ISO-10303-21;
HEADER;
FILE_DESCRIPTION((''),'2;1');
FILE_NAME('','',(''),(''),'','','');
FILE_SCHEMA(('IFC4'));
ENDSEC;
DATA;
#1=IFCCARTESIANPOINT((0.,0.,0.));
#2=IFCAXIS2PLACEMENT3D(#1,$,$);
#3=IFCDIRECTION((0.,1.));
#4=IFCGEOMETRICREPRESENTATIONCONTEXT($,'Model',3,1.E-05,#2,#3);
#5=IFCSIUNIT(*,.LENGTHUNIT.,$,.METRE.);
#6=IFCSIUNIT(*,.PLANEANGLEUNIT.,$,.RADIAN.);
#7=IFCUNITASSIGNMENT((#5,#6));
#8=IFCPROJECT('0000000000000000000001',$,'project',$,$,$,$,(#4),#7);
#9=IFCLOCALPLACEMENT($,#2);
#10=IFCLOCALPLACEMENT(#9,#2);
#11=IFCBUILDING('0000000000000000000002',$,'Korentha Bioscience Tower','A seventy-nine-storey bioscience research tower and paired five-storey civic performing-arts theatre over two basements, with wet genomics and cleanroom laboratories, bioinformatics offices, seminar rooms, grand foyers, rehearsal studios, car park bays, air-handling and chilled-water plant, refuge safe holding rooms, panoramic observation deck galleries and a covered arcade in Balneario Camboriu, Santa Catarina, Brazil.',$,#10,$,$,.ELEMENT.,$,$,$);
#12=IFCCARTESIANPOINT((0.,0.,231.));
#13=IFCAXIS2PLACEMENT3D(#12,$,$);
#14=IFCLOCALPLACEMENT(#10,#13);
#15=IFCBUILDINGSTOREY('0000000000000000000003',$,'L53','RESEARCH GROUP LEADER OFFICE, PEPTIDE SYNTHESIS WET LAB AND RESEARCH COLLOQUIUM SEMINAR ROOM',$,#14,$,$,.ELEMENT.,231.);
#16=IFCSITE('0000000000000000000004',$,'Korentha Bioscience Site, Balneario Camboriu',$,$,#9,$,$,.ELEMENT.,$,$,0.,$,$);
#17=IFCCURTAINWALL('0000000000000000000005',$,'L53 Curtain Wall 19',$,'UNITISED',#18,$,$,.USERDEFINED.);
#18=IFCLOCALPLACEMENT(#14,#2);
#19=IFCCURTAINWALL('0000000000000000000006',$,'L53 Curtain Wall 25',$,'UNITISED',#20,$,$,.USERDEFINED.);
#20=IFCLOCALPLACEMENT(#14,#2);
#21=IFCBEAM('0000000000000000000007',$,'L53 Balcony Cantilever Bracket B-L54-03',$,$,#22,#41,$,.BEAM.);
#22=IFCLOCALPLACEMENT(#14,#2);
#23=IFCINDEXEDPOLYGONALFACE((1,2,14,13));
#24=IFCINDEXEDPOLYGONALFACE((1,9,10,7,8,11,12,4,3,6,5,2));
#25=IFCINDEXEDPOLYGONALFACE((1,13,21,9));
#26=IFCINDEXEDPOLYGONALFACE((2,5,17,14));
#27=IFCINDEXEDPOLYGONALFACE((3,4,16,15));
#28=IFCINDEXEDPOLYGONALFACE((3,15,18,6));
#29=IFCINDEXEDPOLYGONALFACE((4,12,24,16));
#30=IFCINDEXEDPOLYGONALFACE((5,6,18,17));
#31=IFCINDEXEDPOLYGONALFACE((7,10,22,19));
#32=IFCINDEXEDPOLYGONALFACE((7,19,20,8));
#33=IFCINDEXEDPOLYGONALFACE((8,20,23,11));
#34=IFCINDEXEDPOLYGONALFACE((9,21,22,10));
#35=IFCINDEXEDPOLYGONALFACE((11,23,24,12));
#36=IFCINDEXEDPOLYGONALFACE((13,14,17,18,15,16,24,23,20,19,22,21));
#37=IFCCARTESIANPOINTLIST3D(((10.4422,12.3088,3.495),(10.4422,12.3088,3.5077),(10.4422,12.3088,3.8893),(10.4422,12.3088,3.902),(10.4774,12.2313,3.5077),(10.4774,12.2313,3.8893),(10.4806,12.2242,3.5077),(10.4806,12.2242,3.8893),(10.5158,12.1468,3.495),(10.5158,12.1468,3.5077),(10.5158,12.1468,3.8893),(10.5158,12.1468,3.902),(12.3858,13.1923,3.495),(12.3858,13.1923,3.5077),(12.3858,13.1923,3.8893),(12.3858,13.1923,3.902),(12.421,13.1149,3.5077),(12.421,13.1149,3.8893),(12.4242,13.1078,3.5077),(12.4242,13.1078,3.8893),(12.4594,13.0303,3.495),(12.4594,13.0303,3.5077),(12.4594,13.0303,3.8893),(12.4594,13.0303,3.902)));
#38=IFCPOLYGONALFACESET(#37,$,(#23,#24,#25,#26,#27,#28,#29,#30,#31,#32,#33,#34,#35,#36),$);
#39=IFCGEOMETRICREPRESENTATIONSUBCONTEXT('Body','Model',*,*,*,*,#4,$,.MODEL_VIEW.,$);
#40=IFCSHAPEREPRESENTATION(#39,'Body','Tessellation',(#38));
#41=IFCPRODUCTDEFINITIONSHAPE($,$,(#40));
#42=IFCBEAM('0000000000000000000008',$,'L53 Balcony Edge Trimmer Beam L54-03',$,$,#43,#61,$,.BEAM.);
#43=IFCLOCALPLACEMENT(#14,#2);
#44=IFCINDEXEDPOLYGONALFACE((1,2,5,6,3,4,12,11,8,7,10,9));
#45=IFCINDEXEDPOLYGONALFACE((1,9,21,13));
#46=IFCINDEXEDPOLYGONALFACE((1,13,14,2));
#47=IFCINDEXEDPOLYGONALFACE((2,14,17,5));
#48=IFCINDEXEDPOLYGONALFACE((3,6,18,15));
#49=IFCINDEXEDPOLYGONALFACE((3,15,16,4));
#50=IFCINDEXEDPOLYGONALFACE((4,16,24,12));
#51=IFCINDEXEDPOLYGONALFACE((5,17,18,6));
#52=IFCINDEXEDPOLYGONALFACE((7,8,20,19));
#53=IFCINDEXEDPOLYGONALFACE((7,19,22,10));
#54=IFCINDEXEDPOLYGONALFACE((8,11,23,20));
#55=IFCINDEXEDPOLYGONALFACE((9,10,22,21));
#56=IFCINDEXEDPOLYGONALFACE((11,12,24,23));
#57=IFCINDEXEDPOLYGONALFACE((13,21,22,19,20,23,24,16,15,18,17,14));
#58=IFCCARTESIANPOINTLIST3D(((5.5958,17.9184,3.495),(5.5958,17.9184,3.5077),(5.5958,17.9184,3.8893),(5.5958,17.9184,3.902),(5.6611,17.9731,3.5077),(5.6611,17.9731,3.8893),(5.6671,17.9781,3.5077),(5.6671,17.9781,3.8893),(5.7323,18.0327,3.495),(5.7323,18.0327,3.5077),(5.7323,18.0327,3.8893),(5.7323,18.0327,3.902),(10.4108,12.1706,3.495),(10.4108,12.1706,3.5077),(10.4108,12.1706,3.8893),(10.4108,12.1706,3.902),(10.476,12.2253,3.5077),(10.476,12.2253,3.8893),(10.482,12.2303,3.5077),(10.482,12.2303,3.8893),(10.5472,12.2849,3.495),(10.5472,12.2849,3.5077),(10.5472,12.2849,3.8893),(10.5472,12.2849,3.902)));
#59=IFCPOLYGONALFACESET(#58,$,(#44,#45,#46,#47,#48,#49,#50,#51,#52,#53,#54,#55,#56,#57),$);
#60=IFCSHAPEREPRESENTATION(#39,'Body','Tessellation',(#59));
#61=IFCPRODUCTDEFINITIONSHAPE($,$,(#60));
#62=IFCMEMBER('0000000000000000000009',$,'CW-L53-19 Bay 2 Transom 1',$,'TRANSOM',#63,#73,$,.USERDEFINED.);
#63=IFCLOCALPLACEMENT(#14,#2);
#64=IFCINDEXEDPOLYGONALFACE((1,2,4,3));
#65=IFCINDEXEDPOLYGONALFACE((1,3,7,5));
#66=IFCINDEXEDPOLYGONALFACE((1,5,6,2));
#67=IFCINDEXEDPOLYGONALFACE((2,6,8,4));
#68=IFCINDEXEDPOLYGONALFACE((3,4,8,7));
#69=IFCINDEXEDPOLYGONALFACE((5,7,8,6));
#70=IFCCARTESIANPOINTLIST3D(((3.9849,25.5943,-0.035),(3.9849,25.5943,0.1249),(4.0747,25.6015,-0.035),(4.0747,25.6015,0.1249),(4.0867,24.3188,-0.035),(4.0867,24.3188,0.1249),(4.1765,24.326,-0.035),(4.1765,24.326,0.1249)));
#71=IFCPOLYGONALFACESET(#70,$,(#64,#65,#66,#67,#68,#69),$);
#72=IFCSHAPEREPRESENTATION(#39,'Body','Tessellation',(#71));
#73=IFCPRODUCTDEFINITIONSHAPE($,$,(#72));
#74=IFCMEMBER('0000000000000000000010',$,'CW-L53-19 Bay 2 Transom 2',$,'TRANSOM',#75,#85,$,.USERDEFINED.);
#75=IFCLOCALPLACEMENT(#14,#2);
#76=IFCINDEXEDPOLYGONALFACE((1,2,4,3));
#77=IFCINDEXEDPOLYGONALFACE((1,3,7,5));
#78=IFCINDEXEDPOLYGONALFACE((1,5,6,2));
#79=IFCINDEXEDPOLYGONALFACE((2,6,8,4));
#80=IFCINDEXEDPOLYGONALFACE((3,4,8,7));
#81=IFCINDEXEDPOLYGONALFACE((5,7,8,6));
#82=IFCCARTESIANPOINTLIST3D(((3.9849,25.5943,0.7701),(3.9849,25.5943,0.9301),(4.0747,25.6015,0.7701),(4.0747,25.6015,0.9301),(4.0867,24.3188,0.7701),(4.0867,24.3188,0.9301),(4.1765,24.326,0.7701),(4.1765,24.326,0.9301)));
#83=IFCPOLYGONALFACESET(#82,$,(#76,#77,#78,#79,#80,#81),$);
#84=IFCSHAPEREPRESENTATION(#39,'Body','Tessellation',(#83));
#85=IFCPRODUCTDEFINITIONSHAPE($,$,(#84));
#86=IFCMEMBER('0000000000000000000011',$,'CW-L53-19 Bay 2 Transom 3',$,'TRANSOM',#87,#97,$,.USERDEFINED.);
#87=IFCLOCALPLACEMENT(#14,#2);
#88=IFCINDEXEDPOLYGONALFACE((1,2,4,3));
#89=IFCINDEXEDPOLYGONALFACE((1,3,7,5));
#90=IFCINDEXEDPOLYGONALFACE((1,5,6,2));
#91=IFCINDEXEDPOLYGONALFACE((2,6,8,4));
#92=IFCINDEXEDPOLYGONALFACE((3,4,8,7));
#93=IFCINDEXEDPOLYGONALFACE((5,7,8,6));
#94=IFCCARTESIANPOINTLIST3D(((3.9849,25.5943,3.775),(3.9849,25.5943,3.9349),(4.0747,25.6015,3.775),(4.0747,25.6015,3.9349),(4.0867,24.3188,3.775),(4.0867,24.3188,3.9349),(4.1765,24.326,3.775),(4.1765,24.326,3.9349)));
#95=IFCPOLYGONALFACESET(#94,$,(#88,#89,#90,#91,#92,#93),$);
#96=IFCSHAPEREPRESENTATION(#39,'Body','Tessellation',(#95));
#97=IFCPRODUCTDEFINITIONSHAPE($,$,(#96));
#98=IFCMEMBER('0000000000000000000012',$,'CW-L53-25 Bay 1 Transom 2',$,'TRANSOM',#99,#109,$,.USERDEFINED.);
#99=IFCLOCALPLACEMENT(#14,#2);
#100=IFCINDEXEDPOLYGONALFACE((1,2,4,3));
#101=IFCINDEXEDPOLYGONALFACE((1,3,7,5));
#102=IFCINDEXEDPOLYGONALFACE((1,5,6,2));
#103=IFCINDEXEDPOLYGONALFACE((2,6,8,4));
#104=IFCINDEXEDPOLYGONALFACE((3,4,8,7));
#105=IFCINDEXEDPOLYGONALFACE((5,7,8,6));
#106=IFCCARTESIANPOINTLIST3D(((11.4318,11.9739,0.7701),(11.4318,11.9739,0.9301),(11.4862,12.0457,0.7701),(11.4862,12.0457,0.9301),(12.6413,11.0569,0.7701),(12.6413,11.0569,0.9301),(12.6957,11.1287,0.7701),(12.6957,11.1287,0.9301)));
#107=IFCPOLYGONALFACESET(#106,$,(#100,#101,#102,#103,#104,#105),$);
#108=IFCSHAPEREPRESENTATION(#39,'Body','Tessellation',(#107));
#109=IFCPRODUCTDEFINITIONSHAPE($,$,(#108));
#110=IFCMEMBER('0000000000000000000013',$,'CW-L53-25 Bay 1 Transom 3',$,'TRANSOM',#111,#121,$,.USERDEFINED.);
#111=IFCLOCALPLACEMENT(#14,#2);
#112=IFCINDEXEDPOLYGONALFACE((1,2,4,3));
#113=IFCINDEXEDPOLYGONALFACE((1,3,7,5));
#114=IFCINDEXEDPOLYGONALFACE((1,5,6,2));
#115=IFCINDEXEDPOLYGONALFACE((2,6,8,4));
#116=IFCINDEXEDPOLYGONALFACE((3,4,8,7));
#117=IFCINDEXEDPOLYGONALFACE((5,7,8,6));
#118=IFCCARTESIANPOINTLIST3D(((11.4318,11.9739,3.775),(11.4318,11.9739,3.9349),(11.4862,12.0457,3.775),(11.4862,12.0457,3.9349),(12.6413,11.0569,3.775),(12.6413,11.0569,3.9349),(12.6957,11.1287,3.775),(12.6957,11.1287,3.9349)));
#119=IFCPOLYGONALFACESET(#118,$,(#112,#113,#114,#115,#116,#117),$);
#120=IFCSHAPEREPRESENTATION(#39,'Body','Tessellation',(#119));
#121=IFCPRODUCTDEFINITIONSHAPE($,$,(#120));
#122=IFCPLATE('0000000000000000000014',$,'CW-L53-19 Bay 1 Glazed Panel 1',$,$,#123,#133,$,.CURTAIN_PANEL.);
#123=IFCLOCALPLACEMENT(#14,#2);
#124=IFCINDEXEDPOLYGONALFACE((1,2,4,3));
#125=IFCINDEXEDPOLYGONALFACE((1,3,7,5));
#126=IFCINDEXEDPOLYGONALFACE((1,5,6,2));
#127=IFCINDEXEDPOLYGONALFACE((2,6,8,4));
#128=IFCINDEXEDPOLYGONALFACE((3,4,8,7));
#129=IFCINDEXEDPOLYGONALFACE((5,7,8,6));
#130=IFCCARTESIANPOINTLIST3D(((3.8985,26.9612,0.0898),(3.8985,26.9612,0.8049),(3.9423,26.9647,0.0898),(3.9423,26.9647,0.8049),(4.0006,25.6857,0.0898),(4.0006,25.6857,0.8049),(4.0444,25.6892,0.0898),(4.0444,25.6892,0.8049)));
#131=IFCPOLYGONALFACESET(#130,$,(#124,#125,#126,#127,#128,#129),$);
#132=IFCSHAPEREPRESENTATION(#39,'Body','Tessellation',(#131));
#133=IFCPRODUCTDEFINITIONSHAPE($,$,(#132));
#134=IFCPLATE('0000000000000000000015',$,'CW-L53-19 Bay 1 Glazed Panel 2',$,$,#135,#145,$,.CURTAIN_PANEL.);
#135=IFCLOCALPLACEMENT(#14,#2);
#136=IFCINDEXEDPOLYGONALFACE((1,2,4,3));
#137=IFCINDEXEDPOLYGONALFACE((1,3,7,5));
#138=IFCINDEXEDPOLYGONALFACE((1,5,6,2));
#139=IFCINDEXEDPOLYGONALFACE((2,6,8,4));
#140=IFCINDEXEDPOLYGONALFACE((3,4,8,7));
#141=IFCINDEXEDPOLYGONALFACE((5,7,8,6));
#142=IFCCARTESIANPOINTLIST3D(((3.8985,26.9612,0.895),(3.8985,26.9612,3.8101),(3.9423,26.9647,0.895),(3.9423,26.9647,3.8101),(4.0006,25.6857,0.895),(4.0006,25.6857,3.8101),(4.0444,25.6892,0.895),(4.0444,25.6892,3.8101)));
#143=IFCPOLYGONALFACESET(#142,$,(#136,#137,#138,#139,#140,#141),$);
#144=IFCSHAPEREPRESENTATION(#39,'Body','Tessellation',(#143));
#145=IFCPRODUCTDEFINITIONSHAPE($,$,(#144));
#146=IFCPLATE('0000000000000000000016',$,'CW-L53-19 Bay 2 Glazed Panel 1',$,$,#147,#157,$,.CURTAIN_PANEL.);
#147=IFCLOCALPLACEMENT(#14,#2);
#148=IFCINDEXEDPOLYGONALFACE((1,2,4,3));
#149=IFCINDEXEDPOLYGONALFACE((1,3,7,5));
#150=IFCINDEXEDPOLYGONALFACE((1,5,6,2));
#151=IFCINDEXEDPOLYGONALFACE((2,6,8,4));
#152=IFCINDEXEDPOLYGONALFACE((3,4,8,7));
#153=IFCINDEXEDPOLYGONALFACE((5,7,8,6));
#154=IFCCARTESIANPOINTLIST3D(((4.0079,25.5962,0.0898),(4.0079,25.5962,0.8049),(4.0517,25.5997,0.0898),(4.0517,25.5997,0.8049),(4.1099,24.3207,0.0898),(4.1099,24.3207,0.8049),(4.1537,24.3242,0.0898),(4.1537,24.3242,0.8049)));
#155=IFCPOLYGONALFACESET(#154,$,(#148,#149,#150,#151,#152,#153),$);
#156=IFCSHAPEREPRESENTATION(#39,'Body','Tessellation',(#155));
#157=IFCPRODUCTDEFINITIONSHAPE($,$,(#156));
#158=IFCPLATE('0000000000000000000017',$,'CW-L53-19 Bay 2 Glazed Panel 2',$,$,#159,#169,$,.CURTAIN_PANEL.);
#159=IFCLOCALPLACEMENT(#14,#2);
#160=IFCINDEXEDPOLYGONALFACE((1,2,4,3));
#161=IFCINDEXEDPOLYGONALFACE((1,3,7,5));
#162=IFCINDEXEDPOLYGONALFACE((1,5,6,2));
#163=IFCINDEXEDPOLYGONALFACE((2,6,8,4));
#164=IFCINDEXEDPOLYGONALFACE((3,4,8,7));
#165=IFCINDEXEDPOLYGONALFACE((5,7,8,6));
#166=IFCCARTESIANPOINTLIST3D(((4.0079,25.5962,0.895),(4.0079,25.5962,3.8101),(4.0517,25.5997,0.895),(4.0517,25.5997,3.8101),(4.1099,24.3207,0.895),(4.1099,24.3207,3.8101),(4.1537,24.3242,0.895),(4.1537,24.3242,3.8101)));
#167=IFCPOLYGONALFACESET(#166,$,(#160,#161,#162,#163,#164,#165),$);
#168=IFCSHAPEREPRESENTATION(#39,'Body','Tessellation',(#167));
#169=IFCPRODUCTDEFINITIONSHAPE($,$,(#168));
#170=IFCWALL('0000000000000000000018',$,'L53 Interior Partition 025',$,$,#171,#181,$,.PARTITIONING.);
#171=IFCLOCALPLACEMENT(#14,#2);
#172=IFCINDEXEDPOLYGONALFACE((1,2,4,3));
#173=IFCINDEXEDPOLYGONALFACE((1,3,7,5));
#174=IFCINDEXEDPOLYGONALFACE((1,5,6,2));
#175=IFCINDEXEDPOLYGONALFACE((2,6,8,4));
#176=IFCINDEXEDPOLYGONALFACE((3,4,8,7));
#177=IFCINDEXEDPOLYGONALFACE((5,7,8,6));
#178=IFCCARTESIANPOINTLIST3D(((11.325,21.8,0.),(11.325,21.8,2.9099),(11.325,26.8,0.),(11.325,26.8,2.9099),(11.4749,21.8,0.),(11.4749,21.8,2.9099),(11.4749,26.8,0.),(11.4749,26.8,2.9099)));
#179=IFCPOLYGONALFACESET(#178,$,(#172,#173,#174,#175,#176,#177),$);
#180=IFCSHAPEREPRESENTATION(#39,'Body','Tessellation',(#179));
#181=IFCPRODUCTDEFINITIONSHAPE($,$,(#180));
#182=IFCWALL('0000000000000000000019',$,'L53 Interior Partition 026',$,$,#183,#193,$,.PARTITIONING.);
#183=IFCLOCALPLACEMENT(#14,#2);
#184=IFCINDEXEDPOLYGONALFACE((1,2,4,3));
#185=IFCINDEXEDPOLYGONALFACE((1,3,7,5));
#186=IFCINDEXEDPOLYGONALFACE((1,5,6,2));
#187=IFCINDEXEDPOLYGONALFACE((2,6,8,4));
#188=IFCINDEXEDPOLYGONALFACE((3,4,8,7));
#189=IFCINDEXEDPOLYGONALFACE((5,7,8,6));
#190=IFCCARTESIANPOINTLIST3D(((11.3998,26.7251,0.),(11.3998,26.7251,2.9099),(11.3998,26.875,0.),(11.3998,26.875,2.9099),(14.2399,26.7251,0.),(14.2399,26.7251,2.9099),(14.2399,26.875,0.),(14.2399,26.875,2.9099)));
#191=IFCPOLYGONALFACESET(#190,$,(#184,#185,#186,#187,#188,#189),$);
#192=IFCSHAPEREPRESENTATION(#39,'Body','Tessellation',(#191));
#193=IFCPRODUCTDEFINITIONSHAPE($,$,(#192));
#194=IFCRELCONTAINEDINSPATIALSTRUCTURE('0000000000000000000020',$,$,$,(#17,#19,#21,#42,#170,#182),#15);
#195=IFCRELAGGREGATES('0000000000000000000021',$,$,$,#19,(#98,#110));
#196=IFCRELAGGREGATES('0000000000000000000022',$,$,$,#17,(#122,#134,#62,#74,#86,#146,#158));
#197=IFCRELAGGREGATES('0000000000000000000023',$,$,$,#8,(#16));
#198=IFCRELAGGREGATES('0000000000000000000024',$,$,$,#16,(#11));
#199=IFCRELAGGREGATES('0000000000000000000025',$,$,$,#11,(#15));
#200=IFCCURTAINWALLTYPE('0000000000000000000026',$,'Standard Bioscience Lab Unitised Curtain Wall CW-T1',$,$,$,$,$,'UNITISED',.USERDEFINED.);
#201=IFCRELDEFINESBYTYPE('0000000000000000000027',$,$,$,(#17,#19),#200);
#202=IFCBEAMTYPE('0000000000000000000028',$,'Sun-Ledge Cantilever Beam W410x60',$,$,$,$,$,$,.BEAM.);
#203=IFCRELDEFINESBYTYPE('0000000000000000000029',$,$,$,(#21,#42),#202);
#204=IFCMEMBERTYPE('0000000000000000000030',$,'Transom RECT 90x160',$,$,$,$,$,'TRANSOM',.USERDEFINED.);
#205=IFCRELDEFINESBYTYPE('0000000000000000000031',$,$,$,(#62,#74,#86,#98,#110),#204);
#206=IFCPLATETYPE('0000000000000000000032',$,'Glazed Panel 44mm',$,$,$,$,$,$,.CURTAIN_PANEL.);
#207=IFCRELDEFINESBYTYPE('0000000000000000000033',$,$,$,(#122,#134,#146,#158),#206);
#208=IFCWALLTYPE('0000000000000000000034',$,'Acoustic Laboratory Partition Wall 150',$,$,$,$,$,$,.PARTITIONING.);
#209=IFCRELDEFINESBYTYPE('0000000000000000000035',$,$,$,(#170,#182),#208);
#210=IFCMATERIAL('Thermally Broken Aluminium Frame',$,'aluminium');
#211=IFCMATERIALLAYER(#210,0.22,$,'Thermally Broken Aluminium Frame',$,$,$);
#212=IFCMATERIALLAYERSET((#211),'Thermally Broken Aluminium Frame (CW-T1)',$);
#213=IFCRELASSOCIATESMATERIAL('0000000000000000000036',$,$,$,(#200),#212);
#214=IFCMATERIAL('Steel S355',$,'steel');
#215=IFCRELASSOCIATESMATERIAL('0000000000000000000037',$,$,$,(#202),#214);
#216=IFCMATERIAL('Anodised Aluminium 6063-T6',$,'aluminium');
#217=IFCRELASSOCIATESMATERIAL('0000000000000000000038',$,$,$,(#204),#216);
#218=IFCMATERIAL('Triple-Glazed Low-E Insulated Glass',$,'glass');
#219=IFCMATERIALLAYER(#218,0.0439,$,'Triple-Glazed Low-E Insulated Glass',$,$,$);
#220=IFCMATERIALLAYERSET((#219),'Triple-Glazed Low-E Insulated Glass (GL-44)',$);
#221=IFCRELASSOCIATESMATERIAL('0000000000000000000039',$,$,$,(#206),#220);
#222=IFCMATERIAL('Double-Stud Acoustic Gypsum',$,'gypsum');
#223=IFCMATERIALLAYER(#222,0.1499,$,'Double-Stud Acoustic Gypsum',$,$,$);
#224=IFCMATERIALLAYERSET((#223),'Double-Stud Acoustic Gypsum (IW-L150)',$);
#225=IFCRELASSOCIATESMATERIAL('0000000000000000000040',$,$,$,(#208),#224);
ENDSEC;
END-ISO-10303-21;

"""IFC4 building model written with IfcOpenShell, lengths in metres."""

from ifc_helpers import new_model, si_unit, direction, frame, frame_2d, origin, origin_2d, place, context, subcontext, project, spatial, rectangle, i_section, extrude, material, layer, layer_set, material_profile, profile_set, type_object, element, aggregate, save


model = new_model("IFC4")

# Units and contexts
model_context = context("Model", 3, precision=1e-05, world=origin(), true_north=direction((0.0, 1.0)))
body_context = subcontext(model_context, "Body", "Model", "MODEL_VIEW")
ifc_project = project(units=[si_unit("LENGTHUNIT", "METRE"), si_unit("PLANEANGLEUNIT", "RADIAN")], contexts=[model_context])

# Site, building, storey
site_placement = place(None, origin())
site = spatial("IfcSite", under=ifc_project, at=site_placement, Name="Korentha Bioscience Site, Balneario Camboriu", CompositionType="ELEMENT", RefElevation=0.0)
building_placement = place(site_placement, origin())
building = spatial("IfcBuilding", under=site, at=building_placement, Name="Korentha Bioscience Tower", Description="A seventy-nine-storey bioscience research tower and paired five-storey civic performing-arts theatre over two basements, with wet genomics and cleanroom laboratories, bioinformatics offices, seminar rooms, grand foyers, rehearsal studios, car park bays, air-handling and chilled-water plant, refuge safe holding rooms, panoramic observation deck galleries and a covered arcade in Balneario Camboriu, Santa Catarina, Brazil.", CompositionType="ELEMENT")
storey_placement = place(building_placement, frame((0.0, 0.0, 231.0)))
storey = spatial("IfcBuildingStorey", under=building, at=storey_placement, Name="L53", Description="RESEARCH GROUP LEADER OFFICE, PEPTIDE SYNTHESIS WET LAB AND RESEARCH COLLOQUIUM SEMINAR ROOM", CompositionType="ELEMENT", Elevation=231.0)

# Curtain wall
ifc_material_1 = material(Name="Thermally Broken Aluminium Frame", Category="aluminium")
ifc_layer_1 = layer(ifc_material_1, 0.22, Name="Thermally Broken Aluminium Frame")
ifc_layer_set_1 = layer_set([ifc_layer_1], Name="Thermally Broken Aluminium Frame (CW-T1)")
curtain_wall_type = type_object("IfcCurtainWallType", Name="Standard Bioscience Lab Unitised Curtain Wall CW-T1", ElementType="UNITISED", PredefinedType="USERDEFINED", material=ifc_layer_set_1)
curtain_wall_1_placement = place(storey_placement, origin())
curtain_wall_1 = element("IfcCurtainWall", 1, at=curtain_wall_1_placement, inside=storey, type_object=curtain_wall_type, Name="L53 Curtain Wall 19", ObjectType="UNITISED", PredefinedType="USERDEFINED")
ifc_material_2 = material(Name="Anodised Aluminium 6063-T6", Category="aluminium")

# Curtain wall
curtain_wall_2_placement = place(storey_placement, origin())
curtain_wall_2 = element("IfcCurtainWall", 2, at=curtain_wall_2_placement, inside=storey, type_object=curtain_wall_type, Name="L53 Curtain Wall 25", ObjectType="UNITISED", PredefinedType="USERDEFINED")

# Beams
ifc_material_3 = material(Name="Steel S355", Category="steel")
ifc_material_profile_1 = material_profile(ifc_material_3, i_section(OverallWidth=0.178, OverallDepth=0.407, WebThickness=0.0078, FlangeThickness=0.0127, at=origin_2d()), Name="Steel S355")
ifc_profile_set_1 = profile_set([ifc_material_profile_1], Name="Steel S355 (CB-410)")
beam_type_1 = type_object("IfcBeamType", Name="Sun-Ledge Cantilever Beam W410x60", PredefinedType="BEAM", material=ifc_profile_set_1)
beam_1_placement = place(storey_placement, frame((12.4226, 13.1113, 3.6985), z_axis=(-0.910351, -0.413837, 0.0), x_axis=(0.413837, -0.910351, 0.0)))
element("IfcBeam", 3, at=beam_1_placement, inside=storey, type_object=beam_type_1, Name="L53 Balcony Cantilever Bracket B-L54-03", PredefinedType="BEAM", context=body_context, shape_type="SweptSolid", body=[
    extrude(i_section(OverallWidth=0.178, OverallDepth=0.407, WebThickness=0.0078, FlangeThickness=0.0127, at=origin_2d()), origin(), (0.0, 0.0, 1.0), 2.135),
])
beam_2_placement = place(storey_placement, frame((5.6641, 17.9756, 3.6985), z_axis=(0.642158, -0.766572, 0.0), x_axis=(0.766572, 0.642158, 0.0)))
element("IfcBeam", 4, at=beam_2_placement, inside=storey, type_object=beam_type_1, Name="L53 Balcony Edge Trimmer Beam L54-03", PredefinedType="BEAM", context=body_context, shape_type="SweptSolid", body=[
    extrude(i_section(OverallWidth=0.178, OverallDepth=0.407, WebThickness=0.0078, FlangeThickness=0.0127, at=origin_2d()), origin(), (0.0, 0.0, 1.0), 7.498),
])

# Members
ifc_material_profile_2 = material_profile(ifc_material_2, rectangle(XDim=0.0901, YDim=0.1599, at=origin_2d()), Name="Anodised Aluminium 6063-T6")
ifc_profile_set_2 = profile_set([ifc_material_profile_2], Name="Anodised Aluminium 6063-T6 (CW-TRN)")
member_type_1 = type_object("IfcMemberType", Name="Transom RECT 90x160", ElementType="TRANSOM", PredefinedType="USERDEFINED", material=ifc_profile_set_2)
member_1_placement = place(storey_placement, frame((4.0298, 25.5979, 0.0449), z_axis=(0.079571, -0.996829, 0.0), x_axis=(0.996829, 0.079571, 0.0)))
member_1 = element("IfcMember", 5, at=member_1_placement, type_object=member_type_1, Name="CW-L53-19 Bay 2 Transom 1", ObjectType="TRANSOM", PredefinedType="USERDEFINED", context=body_context, shape_type="SweptSolid", body=[
    extrude(rectangle(XDim=0.0901, YDim=0.1599, at=origin_2d()), origin(), (0.0, 0.0, 1.0), 1.2795),
])
member_2_placement = place(storey_placement, frame((4.0298, 25.5979, 0.8501), z_axis=(0.079571, -0.996829, 0.0), x_axis=(0.996829, 0.079571, 0.0)))
member_2 = element("IfcMember", 6, at=member_2_placement, type_object=member_type_1, Name="CW-L53-19 Bay 2 Transom 2", ObjectType="TRANSOM", PredefinedType="USERDEFINED", context=body_context, shape_type="SweptSolid", body=[
    extrude(rectangle(XDim=0.0901, YDim=0.1599, at=origin_2d()), origin(), (0.0, 0.0, 1.0), 1.2795),
])
member_3_placement = place(storey_placement, frame((4.0298, 25.5979, 3.855), z_axis=(0.079571, -0.996829, 0.0), x_axis=(0.996829, 0.079571, 0.0)))
member_3 = element("IfcMember", 7, at=member_3_placement, type_object=member_type_1, Name="CW-L53-19 Bay 2 Transom 3", ObjectType="TRANSOM", PredefinedType="USERDEFINED", context=body_context, shape_type="SweptSolid", body=[
    extrude(rectangle(XDim=0.0901, YDim=0.1599, at=origin_2d()), origin(), (0.0, 0.0, 1.0), 1.2795),
])
member_4_placement = place(storey_placement, frame((11.459, 12.0098, 0.8501), z_axis=(0.796862, -0.604161, 0.0), x_axis=(0.604161, 0.796862, 0.0)))
member_4 = element("IfcMember", 8, at=member_4_placement, type_object=member_type_1, Name="CW-L53-25 Bay 1 Transom 2", ObjectType="TRANSOM", PredefinedType="USERDEFINED", context=body_context, shape_type="SweptSolid", body=[
    extrude(rectangle(XDim=0.0901, YDim=0.1599, at=origin_2d()), origin(), (0.0, 0.0, 1.0), 1.5178),
])
member_5_placement = place(storey_placement, frame((11.459, 12.0098, 3.855), z_axis=(0.796862, -0.604161, 0.0), x_axis=(0.604161, 0.796862, 0.0)))
member_5 = element("IfcMember", 9, at=member_5_placement, type_object=member_type_1, Name="CW-L53-25 Bay 1 Transom 3", ObjectType="TRANSOM", PredefinedType="USERDEFINED", context=body_context, shape_type="SweptSolid", body=[
    extrude(rectangle(XDim=0.0901, YDim=0.1599, at=origin_2d()), origin(), (0.0, 0.0, 1.0), 1.5178),
])
aggregate(curtain_wall_2, [member_4, member_5])

# Plates
ifc_material_4 = material(Name="Triple-Glazed Low-E Insulated Glass", Category="glass")
ifc_layer_2 = layer(ifc_material_4, 0.0439, Name="Triple-Glazed Low-E Insulated Glass")
ifc_layer_set_2 = layer_set([ifc_layer_2], Name="Triple-Glazed Low-E Insulated Glass (GL-44)")
plate_type = type_object("IfcPlateType", Name="Glazed Panel 44mm", PredefinedType="CURTAIN_PANEL", material=ifc_layer_set_2)
plate_1_placement = place(storey_placement, frame((3.9714, 26.3252, 0.0898), z_axis=(0.0, 0.0, 1.0), x_axis=(0.079748, -0.996815, 0.0)))
plate_1 = element("IfcPlate", 10, at=plate_1_placement, type_object=plate_type, Name="CW-L53-19 Bay 1 Glazed Panel 1", PredefinedType="CURTAIN_PANEL", context=body_context, shape_type="SweptSolid", body=[
    extrude(rectangle(XDim=1.2795, YDim=0.0439, at=origin_2d()), origin(), (0.0, 0.0, 1.0), 0.7151),
])
plate_2_placement = place(storey_placement, frame((3.9714, 26.3252, 0.895), z_axis=(0.0, 0.0, 1.0), x_axis=(0.079748, -0.996815, 0.0)))
plate_2 = element("IfcPlate", 11, at=plate_2_placement, type_object=plate_type, Name="CW-L53-19 Bay 1 Glazed Panel 2", PredefinedType="CURTAIN_PANEL", context=body_context, shape_type="SweptSolid", body=[
    extrude(rectangle(XDim=1.2795, YDim=0.0439, at=origin_2d()), origin(), (0.0, 0.0, 1.0), 2.915),
])
plate_3_placement = place(storey_placement, frame((4.0808, 24.9602, 0.0898), z_axis=(0.0, 0.0, 1.0), x_axis=(0.079748, -0.996815, 0.0)))
plate_3 = element("IfcPlate", 12, at=plate_3_placement, type_object=plate_type, Name="CW-L53-19 Bay 2 Glazed Panel 1", PredefinedType="CURTAIN_PANEL", context=body_context, shape_type="SweptSolid", body=[
    extrude(rectangle(XDim=1.2795, YDim=0.0439, at=origin_2d()), origin(), (0.0, 0.0, 1.0), 0.7151),
])
plate_4_placement = place(storey_placement, frame((4.0808, 24.9602, 0.895), z_axis=(0.0, 0.0, 1.0), x_axis=(0.079748, -0.996815, 0.0)))
plate_4 = element("IfcPlate", 13, at=plate_4_placement, type_object=plate_type, Name="CW-L53-19 Bay 2 Glazed Panel 2", PredefinedType="CURTAIN_PANEL", context=body_context, shape_type="SweptSolid", body=[
    extrude(rectangle(XDim=1.2795, YDim=0.0439, at=origin_2d()), origin(), (0.0, 0.0, 1.0), 2.915),
])
aggregate(curtain_wall_1, [plate_1, plate_2, member_1, member_2, member_3, plate_3, plate_4])

# Walls
ifc_material_5 = material(Name="Double-Stud Acoustic Gypsum", Category="gypsum")
ifc_layer_3 = layer(ifc_material_5, 0.1499, Name="Double-Stud Acoustic Gypsum")
ifc_layer_set_3 = layer_set([ifc_layer_3], Name="Double-Stud Acoustic Gypsum (IW-L150)")
wall_type_1 = type_object("IfcWallType", Name="Acoustic Laboratory Partition Wall 150", PredefinedType="PARTITIONING", material=ifc_layer_set_3)
wall_1_placement = place(storey_placement, frame((11.3999, 21.8, 0.0), z_axis=(0.0, 0.0, 1.0), x_axis=(0.0, 1.0, 0.0)))
element("IfcWall", 14, at=wall_1_placement, inside=storey, type_object=wall_type_1, Name="L53 Interior Partition 025", PredefinedType="PARTITIONING", context=body_context, shape_type="SweptSolid", body=[
    extrude(rectangle(XDim=5.0, YDim=0.1499, at=frame_2d((2.5, 0.0))), origin(), (0.0, 0.0, 1.0), 2.9099),
])
wall_2_placement = place(storey_placement, frame((11.3999, 26.8, 0.0), z_axis=(0.0, 0.0, 1.0), x_axis=(1.0, 0.0, 0.0)))
element("IfcWall", 15, at=wall_2_placement, inside=storey, type_object=wall_type_1, Name="L53 Interior Partition 026", PredefinedType="PARTITIONING", context=body_context, shape_type="SweptSolid", body=[
    extrude(rectangle(XDim=2.8401, YDim=0.1499, at=frame_2d((1.4199, 0.0))), origin(), (0.0, 0.0, 1.0), 2.9099),
])

save(model, "model.ifc")
